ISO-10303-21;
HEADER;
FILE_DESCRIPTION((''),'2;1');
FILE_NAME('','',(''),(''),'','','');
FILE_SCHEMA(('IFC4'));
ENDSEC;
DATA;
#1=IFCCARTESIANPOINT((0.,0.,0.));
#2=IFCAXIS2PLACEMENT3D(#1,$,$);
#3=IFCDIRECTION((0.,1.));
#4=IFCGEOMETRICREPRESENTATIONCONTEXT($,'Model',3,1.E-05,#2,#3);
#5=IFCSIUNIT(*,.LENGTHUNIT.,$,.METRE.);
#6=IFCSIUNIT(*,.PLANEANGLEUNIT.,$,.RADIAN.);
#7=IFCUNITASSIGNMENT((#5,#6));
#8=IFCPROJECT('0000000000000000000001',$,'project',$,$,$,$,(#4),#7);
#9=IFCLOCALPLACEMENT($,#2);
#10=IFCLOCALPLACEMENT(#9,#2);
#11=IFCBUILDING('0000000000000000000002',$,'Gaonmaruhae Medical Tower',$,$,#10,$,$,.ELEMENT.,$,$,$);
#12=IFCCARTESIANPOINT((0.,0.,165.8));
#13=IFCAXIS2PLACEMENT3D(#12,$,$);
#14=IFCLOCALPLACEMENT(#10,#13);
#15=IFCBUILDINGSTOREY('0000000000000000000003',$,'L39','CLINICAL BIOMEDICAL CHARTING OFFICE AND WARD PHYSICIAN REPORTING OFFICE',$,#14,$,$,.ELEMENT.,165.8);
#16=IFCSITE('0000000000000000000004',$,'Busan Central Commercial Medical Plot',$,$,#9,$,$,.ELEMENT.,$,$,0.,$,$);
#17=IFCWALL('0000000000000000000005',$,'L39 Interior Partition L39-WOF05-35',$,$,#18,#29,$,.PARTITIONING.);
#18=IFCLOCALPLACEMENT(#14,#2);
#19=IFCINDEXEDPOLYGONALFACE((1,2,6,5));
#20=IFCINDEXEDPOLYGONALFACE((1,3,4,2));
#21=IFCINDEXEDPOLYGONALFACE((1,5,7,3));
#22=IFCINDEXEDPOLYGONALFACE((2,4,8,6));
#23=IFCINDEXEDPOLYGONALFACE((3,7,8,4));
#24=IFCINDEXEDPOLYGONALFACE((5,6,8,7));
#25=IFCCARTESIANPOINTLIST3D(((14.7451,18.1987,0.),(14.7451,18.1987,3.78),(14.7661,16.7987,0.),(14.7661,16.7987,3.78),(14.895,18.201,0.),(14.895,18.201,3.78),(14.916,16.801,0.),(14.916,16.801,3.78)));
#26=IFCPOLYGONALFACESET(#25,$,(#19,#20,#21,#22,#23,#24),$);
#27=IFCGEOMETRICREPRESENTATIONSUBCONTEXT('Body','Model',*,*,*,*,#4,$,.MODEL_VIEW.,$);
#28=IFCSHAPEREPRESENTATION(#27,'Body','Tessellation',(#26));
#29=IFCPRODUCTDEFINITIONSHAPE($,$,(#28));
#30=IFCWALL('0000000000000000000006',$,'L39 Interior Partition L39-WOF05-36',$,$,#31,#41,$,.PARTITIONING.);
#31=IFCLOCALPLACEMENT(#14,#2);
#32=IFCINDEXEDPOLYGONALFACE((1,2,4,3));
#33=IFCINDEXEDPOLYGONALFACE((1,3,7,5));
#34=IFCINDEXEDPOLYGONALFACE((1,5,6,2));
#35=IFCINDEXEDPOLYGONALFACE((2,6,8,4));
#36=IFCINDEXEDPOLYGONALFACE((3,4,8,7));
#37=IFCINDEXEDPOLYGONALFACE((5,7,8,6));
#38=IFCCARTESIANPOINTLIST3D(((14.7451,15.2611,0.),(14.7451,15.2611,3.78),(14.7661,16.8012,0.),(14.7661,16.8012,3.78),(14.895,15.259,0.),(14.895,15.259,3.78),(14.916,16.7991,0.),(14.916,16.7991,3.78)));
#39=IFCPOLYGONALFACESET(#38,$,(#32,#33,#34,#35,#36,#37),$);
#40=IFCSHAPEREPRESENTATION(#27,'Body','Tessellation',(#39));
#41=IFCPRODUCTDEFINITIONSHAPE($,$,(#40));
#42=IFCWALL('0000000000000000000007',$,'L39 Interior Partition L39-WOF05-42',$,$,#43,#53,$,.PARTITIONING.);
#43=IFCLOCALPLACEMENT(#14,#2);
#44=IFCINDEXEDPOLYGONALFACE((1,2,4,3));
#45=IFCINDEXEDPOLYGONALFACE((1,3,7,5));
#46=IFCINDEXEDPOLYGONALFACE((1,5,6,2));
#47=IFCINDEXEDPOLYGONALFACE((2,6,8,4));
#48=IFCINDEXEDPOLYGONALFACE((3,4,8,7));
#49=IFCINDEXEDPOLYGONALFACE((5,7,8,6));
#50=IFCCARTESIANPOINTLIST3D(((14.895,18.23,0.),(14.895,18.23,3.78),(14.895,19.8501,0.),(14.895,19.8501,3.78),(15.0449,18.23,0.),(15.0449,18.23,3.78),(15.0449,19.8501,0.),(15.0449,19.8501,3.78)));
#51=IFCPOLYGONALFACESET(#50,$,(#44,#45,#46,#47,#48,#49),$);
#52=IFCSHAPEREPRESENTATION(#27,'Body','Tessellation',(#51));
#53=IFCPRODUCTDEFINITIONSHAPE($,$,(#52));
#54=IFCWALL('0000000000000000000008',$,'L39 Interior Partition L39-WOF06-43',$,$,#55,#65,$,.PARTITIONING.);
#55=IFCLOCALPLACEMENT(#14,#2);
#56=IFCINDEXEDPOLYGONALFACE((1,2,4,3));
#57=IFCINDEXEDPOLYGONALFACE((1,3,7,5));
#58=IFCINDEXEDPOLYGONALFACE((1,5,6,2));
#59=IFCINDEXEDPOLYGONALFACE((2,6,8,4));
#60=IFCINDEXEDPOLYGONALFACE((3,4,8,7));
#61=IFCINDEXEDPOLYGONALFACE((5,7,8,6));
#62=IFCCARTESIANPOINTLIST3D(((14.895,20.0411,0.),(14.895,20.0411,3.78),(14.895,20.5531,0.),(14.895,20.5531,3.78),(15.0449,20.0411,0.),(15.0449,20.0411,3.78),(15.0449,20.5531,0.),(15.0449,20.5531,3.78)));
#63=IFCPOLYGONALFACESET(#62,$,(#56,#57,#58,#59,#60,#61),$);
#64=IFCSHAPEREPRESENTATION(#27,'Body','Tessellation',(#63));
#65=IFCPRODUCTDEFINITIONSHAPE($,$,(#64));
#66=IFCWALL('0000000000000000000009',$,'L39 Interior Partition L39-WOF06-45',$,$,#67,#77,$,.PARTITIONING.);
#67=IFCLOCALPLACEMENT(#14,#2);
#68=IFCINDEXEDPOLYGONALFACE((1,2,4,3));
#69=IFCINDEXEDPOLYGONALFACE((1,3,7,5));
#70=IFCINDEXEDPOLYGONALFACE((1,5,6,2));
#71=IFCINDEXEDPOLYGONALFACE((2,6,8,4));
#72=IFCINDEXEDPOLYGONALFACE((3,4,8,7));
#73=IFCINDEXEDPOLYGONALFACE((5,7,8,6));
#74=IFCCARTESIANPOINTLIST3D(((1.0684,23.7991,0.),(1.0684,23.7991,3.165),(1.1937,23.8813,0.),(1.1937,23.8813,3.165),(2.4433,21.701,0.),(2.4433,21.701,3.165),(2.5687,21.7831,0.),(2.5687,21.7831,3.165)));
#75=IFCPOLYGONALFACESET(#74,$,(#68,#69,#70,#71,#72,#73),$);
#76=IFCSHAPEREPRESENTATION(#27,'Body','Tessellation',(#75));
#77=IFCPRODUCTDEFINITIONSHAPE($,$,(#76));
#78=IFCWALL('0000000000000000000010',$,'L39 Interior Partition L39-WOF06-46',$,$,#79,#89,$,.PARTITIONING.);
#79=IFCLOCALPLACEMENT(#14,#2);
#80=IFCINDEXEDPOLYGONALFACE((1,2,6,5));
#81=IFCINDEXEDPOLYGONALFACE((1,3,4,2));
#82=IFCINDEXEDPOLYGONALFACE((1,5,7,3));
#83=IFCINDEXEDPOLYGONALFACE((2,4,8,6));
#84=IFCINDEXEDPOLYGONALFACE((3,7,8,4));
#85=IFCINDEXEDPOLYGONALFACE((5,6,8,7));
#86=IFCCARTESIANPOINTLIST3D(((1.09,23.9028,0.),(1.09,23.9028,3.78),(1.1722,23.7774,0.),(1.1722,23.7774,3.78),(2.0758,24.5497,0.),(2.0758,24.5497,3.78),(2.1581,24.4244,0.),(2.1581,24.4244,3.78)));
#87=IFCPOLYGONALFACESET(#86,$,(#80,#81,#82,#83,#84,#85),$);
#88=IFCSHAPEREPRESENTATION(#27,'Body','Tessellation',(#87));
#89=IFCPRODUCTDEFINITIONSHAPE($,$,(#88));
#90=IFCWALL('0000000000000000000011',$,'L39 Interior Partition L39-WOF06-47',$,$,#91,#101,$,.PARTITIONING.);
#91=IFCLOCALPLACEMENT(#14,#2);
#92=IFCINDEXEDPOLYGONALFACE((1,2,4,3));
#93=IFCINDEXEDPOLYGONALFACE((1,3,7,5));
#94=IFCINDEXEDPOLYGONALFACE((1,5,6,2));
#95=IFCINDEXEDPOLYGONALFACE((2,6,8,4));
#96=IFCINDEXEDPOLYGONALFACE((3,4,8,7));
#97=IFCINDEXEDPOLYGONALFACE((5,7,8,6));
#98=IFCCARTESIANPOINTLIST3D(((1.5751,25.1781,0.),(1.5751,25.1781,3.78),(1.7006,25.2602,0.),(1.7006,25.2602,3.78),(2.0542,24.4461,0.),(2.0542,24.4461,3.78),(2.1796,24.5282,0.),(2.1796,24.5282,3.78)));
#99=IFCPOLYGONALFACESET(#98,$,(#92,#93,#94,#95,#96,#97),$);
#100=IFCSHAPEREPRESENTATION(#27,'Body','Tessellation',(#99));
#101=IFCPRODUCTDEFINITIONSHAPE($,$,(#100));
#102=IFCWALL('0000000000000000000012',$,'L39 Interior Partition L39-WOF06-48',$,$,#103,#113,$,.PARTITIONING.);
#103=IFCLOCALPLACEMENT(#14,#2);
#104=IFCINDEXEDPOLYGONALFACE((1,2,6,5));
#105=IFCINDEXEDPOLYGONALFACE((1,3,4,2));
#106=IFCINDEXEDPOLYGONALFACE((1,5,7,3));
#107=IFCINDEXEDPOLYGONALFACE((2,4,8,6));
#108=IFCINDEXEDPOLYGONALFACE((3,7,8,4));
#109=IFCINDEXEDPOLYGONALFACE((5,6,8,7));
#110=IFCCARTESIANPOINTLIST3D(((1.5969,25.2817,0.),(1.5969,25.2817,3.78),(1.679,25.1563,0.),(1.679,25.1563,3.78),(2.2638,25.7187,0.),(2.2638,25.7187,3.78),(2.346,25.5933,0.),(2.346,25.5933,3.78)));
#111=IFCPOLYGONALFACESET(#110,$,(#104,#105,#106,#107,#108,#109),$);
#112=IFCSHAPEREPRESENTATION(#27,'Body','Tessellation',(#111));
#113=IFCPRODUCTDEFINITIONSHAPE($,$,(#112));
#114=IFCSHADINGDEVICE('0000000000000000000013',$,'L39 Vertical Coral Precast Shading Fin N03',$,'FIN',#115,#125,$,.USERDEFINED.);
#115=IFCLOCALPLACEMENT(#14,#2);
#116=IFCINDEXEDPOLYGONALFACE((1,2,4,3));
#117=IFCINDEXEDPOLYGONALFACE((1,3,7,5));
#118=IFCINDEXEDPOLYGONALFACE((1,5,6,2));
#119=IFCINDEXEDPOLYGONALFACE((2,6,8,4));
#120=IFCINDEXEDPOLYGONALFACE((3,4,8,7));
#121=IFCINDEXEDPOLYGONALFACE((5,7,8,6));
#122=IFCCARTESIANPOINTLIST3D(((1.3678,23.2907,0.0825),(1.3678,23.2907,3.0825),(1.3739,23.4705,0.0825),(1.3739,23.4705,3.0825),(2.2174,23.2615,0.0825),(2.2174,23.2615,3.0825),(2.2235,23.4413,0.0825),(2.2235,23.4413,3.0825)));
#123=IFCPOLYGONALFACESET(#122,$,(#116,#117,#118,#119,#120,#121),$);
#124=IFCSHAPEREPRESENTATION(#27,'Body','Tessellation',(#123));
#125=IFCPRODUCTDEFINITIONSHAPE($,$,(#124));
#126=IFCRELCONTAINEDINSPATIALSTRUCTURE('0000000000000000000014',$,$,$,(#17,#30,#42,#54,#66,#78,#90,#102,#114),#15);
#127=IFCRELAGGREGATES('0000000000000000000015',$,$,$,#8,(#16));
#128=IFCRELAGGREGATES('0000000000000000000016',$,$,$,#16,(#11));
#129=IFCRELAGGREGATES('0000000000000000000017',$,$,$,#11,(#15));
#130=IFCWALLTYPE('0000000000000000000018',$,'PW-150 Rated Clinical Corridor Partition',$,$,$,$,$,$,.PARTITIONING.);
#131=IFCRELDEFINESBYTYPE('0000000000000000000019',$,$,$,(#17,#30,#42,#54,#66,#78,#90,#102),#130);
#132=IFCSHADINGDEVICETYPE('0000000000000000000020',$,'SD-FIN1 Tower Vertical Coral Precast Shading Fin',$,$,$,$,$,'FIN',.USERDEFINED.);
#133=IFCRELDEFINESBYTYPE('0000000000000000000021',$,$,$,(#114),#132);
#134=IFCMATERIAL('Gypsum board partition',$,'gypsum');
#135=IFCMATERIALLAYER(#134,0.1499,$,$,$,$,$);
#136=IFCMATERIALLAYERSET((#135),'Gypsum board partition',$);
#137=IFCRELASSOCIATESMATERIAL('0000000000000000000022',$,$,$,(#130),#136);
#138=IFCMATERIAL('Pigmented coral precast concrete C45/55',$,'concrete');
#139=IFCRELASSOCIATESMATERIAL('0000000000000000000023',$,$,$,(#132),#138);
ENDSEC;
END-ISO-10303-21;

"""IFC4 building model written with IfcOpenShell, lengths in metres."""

from ifc_helpers import new_model, si_unit, direction, frame, frame_2d, origin, origin_2d, place, context, subcontext, project, spatial, rectangle, extrude, material, layer, layer_set, type_object, element, save


model = new_model("IFC4")

# Units and contexts
model_context = context("Model", 3, precision=1e-05, world=origin(), true_north=direction((0.0, 1.0)))
body_context = subcontext(model_context, "Body", "Model", "MODEL_VIEW")
ifc_project = project(units=[si_unit("LENGTHUNIT", "METRE"), si_unit("PLANEANGLEUNIT", "RADIAN")], contexts=[model_context])

# Site, building, storey
site_placement = place(None, origin())
site = spatial("IfcSite", under=ifc_project, at=site_placement, Name="Busan Central Commercial Medical Plot", CompositionType="ELEMENT", RefElevation=0.0)
building_placement = place(site_placement, origin())
building = spatial("IfcBuilding", under=site, at=building_placement, Name="Gaonmaruhae Medical Tower", CompositionType="ELEMENT")
storey_placement = place(building_placement, frame((0.0, 0.0, 165.8)))
storey = spatial("IfcBuildingStorey", under=building, at=storey_placement, Name="L39", Description="CLINICAL BIOMEDICAL CHARTING OFFICE AND WARD PHYSICIAN REPORTING OFFICE", CompositionType="ELEMENT", Elevation=165.8)

# Walls
ifc_material_1 = material(Name="Gypsum board partition", Category="gypsum")
ifc_layer_1 = layer(ifc_material_1, 0.1499)
ifc_layer_set_1 = layer_set([ifc_layer_1], Name="Gypsum board partition")
wall_type_1 = type_object("IfcWallType", Name="PW-150 Rated Clinical Corridor Partition", PredefinedType="PARTITIONING", material=ifc_layer_set_1)
wall_1_placement = place(storey_placement, frame((14.8201, 18.2, 0.0), z_axis=(0.0, 0.0, 1.0), x_axis=(0.014997, -0.999888, 0.0)))
element("IfcWall", 1, at=wall_1_placement, inside=storey, type_object=wall_type_1, Name="L39 Interior Partition L39-WOF05-35", PredefinedType="PARTITIONING", context=body_context, shape_type="SweptSolid", body=[
    extrude(rectangle(XDim=1.4001, YDim=0.1499, at=frame_2d((0.7002, 0.0))), origin(), (0.0, 0.0, 1.0), 3.78),
])
wall_2_placement = place(storey_placement, frame((14.8411, 16.8, 0.0), z_axis=(0.0, 0.0, 1.0), x_axis=(-0.013632, -0.999907, 0.0)))
element("IfcWall", 2, at=wall_2_placement, inside=storey, type_object=wall_type_1, Name="L39 Interior Partition L39-WOF05-36", PredefinedType="PARTITIONING", context=body_context, shape_type="SweptSolid", body=[
    extrude(rectangle(XDim=1.5403, YDim=0.1499, at=frame_2d((0.77, 0.0))), origin(), (0.0, 0.0, 1.0), 3.78),
])
wall_3_placement = place(storey_placement, frame((14.97, 19.8501, 0.0), z_axis=(0.0, 0.0, 1.0), x_axis=(0.0, -1.0, 0.0)))
element("IfcWall", 3, at=wall_3_placement, inside=storey, type_object=wall_type_1, Name="L39 Interior Partition L39-WOF05-42", PredefinedType="PARTITIONING", context=body_context, shape_type="SweptSolid", body=[
    extrude(rectangle(XDim=1.6201, YDim=0.1499, at=frame_2d((0.8101, 0.0))), origin(), (0.0, 0.0, 1.0), 3.78),
])
wall_4_placement = place(storey_placement, frame((14.97, 20.553, 0.0), z_axis=(0.0, 0.0, 1.0), x_axis=(0.0, -1.0, 0.0)))
element("IfcWall", 4, at=wall_4_placement, inside=storey, type_object=wall_type_1, Name="L39 Interior Partition L39-WOF06-43", PredefinedType="PARTITIONING", context=body_context, shape_type="SweptSolid", body=[
    extrude(rectangle(XDim=0.512, YDim=0.1499, at=frame_2d((0.2559, 0.0))), origin(), (0.0, 0.0, 1.0), 3.78),
])
wall_5_placement = place(storey_placement, frame((2.5061, 21.7419, 0.0), z_axis=(0.0, 0.0, 1.0), x_axis=(-0.548125, 0.836397, 0.0)))
element("IfcWall", 5, at=wall_5_placement, inside=storey, type_object=wall_type_1, Name="L39 Interior Partition L39-WOF06-45", PredefinedType="PARTITIONING", context=body_context, shape_type="SweptSolid", body=[
    extrude(rectangle(XDim=2.5085, YDim=0.1499, at=frame_2d((1.2544, 0.0))), origin(), (0.0, 0.0, 1.0), 3.165),
])
wall_6_placement = place(storey_placement, frame((1.1311, 23.8401, 0.0), z_axis=(0.0, 0.0, 1.0), x_axis=(0.836042, 0.548665, 0.0)))
element("IfcWall", 6, at=wall_6_placement, inside=storey, type_object=wall_type_1, Name="L39 Interior Partition L39-WOF06-46", PredefinedType="PARTITIONING", context=body_context, shape_type="SweptSolid", body=[
    extrude(rectangle(XDim=1.1792, YDim=0.1499, at=frame_2d((0.5896, 0.0))), origin(), (0.0, 0.0, 1.0), 3.78),
])
wall_7_placement = place(storey_placement, frame((2.1169, 24.4871, 0.0), z_axis=(0.0, 0.0, 1.0), x_axis=(-0.547595, 0.836743, 0.0)))
element("IfcWall", 7, at=wall_7_placement, inside=storey, type_object=wall_type_1, Name="L39 Interior Partition L39-WOF06-47", PredefinedType="PARTITIONING", context=body_context, shape_type="SweptSolid", body=[
    extrude(rectangle(XDim=0.8748, YDim=0.1499, at=frame_2d((0.4375, 0.0))), origin(), (0.0, 0.0, 1.0), 3.78),
])
wall_8_placement = place(storey_placement, frame((1.6379, 25.219, 0.0), z_axis=(0.0, 0.0, 1.0), x_axis=(0.836451, 0.548041, 0.0)))
element("IfcWall", 8, at=wall_8_placement, inside=storey, type_object=wall_type_1, Name="L39 Interior Partition L39-WOF06-48", PredefinedType="PARTITIONING", context=body_context, shape_type="SweptSolid", body=[
    extrude(rectangle(XDim=0.7974, YDim=0.1499, at=frame_2d((0.3987, 0.0))), origin(), (0.0, 0.0, 1.0), 3.78),
])

# Shading device
ifc_material_2 = material(Name="Pigmented coral precast concrete C45/55", Category="concrete")
shading_device_type = type_object("IfcShadingDeviceType", Name="SD-FIN1 Tower Vertical Coral Precast Shading Fin", ElementType="FIN", PredefinedType="USERDEFINED", material=ifc_material_2)
shading_device_placement = place(storey_placement, frame((1.7957, 23.366, 0.0825), z_axis=(0.0, 0.0, 1.0), x_axis=(0.034341, 0.99941, 0.0)))
element("IfcShadingDevice", 9, at=shading_device_placement, inside=storey, type_object=shading_device_type, Name="L39 Vertical Coral Precast Shading Fin N03", ObjectType="FIN", PredefinedType="USERDEFINED", context=body_context, shape_type="SweptSolid", body=[
    extrude(rectangle(XDim=0.1799, YDim=0.8501, at=origin_2d()), origin(), (0.0, 0.0, 1.0), 3.0),
])

save(model, "model.ifc")
